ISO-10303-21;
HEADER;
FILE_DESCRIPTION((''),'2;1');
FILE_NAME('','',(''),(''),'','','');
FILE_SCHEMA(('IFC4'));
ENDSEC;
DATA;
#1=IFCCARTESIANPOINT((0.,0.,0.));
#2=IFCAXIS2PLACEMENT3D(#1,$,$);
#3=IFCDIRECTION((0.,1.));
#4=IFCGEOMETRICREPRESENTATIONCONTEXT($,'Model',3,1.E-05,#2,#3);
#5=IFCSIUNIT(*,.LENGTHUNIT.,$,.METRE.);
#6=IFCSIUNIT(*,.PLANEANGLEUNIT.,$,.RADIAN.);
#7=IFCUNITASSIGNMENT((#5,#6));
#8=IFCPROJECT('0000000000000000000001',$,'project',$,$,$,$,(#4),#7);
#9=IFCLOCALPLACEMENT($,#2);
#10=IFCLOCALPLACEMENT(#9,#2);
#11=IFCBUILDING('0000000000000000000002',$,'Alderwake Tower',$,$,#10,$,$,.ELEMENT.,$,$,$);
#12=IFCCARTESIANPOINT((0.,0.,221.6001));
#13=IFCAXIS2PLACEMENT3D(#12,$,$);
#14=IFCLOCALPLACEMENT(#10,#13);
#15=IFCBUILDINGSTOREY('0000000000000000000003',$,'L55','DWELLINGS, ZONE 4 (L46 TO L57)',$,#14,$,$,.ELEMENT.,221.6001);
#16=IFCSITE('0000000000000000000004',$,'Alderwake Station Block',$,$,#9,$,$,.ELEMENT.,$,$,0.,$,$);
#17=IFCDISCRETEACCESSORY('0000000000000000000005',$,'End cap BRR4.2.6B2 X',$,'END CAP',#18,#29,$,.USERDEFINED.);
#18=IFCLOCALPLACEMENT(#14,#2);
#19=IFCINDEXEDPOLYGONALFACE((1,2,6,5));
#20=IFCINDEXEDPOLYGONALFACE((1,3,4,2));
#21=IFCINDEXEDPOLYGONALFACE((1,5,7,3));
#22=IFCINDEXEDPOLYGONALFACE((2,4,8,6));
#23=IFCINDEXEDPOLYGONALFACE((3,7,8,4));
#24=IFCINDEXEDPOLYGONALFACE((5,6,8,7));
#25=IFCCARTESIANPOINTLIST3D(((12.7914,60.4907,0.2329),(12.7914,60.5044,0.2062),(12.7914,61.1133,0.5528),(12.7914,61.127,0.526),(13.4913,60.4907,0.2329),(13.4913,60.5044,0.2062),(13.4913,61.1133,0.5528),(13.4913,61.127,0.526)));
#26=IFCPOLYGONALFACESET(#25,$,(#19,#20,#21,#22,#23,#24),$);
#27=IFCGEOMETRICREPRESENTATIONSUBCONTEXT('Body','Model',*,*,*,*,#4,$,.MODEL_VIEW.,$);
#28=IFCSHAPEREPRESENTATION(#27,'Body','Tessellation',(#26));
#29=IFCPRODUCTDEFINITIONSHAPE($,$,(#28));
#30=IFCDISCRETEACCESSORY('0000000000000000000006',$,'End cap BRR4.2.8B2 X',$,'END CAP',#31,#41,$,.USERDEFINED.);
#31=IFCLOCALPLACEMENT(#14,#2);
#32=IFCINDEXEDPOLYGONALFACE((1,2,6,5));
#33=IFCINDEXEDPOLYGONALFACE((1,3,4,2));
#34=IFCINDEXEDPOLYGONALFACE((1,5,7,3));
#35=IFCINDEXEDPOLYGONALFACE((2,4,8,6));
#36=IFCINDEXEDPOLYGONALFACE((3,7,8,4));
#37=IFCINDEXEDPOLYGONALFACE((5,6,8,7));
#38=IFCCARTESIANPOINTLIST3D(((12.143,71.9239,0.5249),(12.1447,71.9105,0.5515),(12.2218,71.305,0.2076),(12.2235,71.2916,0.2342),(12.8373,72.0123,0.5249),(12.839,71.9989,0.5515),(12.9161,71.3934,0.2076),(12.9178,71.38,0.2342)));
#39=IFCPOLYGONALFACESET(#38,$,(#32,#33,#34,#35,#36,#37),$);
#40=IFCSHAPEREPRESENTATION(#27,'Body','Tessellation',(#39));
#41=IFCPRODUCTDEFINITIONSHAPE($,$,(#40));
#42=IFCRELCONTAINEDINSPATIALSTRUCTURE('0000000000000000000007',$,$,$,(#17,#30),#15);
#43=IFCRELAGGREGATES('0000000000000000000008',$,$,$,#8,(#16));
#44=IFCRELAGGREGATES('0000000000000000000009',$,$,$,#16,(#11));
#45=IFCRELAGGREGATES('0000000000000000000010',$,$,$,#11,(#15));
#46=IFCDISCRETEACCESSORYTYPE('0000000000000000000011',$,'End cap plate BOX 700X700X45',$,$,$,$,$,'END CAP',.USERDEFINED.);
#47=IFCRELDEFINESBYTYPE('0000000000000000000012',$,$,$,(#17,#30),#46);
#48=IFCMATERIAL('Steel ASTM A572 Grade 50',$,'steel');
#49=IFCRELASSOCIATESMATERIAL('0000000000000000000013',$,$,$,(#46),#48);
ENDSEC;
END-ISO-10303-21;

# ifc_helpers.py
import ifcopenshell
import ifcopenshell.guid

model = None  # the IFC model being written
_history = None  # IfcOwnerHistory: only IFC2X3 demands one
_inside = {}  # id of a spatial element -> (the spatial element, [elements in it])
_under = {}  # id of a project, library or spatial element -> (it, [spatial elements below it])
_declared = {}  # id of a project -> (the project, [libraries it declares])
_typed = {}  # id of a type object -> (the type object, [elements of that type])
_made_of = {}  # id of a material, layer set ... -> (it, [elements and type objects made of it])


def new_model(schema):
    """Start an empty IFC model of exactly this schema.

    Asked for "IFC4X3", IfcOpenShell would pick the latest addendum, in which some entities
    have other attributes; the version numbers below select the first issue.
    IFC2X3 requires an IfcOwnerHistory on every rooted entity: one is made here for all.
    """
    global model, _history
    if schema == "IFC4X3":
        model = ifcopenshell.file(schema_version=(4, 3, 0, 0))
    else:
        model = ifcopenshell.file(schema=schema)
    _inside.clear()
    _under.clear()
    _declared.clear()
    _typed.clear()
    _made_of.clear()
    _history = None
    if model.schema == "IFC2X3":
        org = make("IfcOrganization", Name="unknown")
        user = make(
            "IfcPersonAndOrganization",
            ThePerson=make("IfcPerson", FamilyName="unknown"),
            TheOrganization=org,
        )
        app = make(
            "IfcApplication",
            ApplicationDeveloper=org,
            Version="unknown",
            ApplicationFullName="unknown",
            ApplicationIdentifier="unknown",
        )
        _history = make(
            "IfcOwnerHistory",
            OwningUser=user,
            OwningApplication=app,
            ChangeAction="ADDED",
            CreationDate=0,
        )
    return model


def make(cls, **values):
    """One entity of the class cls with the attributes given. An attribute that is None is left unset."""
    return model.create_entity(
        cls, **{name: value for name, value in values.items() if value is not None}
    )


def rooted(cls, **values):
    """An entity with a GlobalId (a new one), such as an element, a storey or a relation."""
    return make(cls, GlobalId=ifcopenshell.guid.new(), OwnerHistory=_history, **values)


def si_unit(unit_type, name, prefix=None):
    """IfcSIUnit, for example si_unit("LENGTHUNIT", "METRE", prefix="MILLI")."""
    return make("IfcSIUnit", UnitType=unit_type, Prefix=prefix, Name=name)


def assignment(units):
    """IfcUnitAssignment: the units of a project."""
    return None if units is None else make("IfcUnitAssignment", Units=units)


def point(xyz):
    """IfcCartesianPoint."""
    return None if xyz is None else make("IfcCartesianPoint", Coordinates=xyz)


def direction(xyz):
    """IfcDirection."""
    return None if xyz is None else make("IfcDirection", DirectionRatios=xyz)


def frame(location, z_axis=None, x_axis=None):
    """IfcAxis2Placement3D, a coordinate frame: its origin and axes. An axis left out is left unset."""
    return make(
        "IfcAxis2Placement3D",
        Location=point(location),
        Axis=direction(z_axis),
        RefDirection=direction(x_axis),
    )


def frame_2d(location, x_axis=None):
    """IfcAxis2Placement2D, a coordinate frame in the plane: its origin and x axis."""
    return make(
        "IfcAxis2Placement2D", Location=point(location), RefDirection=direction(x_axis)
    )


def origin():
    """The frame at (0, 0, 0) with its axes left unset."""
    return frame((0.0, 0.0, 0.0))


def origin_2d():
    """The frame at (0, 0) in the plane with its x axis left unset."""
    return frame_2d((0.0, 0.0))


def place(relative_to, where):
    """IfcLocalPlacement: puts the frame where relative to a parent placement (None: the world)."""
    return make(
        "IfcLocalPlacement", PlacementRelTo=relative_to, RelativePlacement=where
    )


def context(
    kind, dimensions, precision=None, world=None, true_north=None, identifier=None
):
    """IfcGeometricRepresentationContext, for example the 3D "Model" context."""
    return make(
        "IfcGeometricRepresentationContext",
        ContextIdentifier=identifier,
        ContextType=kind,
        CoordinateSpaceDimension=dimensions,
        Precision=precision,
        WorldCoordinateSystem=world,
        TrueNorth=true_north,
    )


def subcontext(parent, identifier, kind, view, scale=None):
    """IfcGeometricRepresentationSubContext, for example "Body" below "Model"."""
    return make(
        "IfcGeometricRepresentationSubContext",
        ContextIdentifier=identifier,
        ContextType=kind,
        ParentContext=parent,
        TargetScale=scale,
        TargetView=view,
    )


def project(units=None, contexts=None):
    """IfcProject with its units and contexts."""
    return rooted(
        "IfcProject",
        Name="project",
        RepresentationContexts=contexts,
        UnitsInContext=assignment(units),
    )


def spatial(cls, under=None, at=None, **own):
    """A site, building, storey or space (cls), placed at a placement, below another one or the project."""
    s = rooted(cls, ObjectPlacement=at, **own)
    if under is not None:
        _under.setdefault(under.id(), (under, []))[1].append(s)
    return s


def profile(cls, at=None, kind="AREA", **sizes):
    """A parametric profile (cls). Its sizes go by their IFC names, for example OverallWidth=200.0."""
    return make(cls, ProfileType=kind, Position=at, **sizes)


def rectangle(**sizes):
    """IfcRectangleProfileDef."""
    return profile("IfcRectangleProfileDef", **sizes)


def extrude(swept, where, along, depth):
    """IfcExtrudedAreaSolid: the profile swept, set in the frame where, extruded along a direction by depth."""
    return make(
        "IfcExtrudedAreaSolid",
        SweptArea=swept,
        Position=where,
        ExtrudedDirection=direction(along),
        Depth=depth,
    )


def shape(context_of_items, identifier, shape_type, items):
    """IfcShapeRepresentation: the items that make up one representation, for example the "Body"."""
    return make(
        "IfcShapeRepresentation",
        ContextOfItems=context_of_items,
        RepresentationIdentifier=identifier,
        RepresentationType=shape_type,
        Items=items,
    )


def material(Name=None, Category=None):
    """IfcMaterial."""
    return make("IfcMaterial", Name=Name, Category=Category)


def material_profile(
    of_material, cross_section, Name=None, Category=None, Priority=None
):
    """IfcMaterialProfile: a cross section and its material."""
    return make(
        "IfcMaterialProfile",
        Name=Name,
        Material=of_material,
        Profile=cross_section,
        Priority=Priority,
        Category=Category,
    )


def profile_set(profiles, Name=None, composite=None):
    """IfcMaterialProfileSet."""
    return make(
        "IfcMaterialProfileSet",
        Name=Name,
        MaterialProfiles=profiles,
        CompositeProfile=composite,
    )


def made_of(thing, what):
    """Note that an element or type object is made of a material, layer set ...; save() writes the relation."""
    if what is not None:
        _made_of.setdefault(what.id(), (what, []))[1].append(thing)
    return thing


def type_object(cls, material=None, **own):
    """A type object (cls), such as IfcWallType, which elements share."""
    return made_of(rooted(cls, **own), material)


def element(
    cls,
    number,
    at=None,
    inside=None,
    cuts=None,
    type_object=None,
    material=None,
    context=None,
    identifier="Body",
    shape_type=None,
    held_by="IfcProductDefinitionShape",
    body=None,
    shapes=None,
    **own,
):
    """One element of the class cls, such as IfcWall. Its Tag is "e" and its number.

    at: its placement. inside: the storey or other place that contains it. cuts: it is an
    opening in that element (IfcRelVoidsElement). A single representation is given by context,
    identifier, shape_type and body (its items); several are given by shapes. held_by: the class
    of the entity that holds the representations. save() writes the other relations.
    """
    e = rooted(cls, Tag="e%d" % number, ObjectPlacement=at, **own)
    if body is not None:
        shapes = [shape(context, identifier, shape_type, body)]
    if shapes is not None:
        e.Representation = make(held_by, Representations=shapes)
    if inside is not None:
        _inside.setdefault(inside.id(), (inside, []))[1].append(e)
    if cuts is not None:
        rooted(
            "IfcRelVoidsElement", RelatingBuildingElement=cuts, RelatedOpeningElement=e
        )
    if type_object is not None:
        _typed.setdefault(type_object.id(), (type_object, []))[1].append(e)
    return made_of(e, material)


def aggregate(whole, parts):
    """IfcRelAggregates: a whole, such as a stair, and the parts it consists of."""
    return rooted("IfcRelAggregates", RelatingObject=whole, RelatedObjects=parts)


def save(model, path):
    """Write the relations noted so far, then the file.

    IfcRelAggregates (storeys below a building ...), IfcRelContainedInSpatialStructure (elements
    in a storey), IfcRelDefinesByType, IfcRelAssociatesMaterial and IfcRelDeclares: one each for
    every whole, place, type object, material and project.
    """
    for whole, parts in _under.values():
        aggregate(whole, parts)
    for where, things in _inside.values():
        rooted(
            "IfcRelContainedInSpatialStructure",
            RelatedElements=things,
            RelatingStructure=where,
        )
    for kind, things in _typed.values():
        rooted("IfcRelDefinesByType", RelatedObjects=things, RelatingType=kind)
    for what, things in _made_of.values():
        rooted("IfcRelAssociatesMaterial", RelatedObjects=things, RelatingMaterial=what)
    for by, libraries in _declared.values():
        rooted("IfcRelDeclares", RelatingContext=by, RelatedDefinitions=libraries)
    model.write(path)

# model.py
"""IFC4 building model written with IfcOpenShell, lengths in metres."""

from ifc_helpers import new_model, si_unit, direction, frame, origin, origin_2d, place, context, subcontext, project, spatial, rectangle, extrude, material, material_profile, profile_set, type_object, element, save


model = new_model("IFC4")

# Units and contexts
model_context = context("Model", 3, precision=1e-05, world=origin(), true_north=direction((0.0, 1.0)))
body_context = subcontext(model_context, "Body", "Model", "MODEL_VIEW")
ifc_project = project(units=[si_unit("LENGTHUNIT", "METRE"), si_unit("PLANEANGLEUNIT", "RADIAN")], contexts=[model_context])

# Site, building, storey
site_placement = place(None, origin())
site = spatial("IfcSite", under=ifc_project, at=site_placement, Name="Alderwake Station Block", CompositionType="ELEMENT", RefElevation=0.0)
building_placement = place(site_placement, origin())
building = spatial("IfcBuilding", under=site, at=building_placement, Name="Alderwake Tower", CompositionType="ELEMENT")
storey_placement = place(building_placement, frame((0.0, 0.0, 221.6001)))
storey = spatial("IfcBuildingStorey", under=building, at=storey_placement, Name="L55", Description="DWELLINGS, ZONE 4 (L46 TO L57)", CompositionType="ELEMENT", Elevation=221.6001)

# Discrete accessories
ifc_material_1 = material(Name="Steel ASTM A572 Grade 50", Category="steel")
ifc_material_profile_1 = material_profile(ifc_material_1, rectangle(XDim=0.7, YDim=0.7, at=origin_2d()), Name="BOX 700X700X45 cap")
ifc_profile_set_1 = profile_set([ifc_material_profile_1], Name="Steel ASTM A572 Grade 50")
discrete_accessory_type = type_object("IfcDiscreteAccessoryType", Name="End cap plate BOX 700X700X45", ElementType="END CAP", PredefinedType="USERDEFINED", material=ifc_profile_set_1)
discrete_accessory_1_placement = place(storey_placement, frame((13.1414, 60.802, 0.3928), z_axis=(0.0, 0.456979, -0.889477), x_axis=(-1.0, 0.0, 0.0)))
element("IfcDiscreteAccessory", 1, at=discrete_accessory_1_placement, inside=storey, type_object=discrete_accessory_type, Name="End cap BRR4.2.6B2 X", ObjectType="END CAP", PredefinedType="USERDEFINED", context=body_context, shape_type="SweptSolid", body=[
    extrude(rectangle(XDim=0.7, YDim=0.7, at=origin_2d()), origin(), (0.0, 0.0, 1.0), 0.03),
])
discrete_accessory_2_placement = place(storey_placement, frame((12.5312, 71.6453, 0.3928), z_axis=(-0.057241, 0.449748, -0.891319), x_axis=(-0.991998, -0.126254, 0.0)))
element("IfcDiscreteAccessory", 2, at=discrete_accessory_2_placement, inside=storey, type_object=discrete_accessory_type, Name="End cap BRR4.2.8B2 X", ObjectType="END CAP", PredefinedType="USERDEFINED", context=body_context, shape_type="SweptSolid", body=[
    extrude(rectangle(XDim=0.7, YDim=0.7, at=origin_2d()), origin(), (0.0, 0.0, 1.0), 0.0298),
])

save(model, "model.ifc")
